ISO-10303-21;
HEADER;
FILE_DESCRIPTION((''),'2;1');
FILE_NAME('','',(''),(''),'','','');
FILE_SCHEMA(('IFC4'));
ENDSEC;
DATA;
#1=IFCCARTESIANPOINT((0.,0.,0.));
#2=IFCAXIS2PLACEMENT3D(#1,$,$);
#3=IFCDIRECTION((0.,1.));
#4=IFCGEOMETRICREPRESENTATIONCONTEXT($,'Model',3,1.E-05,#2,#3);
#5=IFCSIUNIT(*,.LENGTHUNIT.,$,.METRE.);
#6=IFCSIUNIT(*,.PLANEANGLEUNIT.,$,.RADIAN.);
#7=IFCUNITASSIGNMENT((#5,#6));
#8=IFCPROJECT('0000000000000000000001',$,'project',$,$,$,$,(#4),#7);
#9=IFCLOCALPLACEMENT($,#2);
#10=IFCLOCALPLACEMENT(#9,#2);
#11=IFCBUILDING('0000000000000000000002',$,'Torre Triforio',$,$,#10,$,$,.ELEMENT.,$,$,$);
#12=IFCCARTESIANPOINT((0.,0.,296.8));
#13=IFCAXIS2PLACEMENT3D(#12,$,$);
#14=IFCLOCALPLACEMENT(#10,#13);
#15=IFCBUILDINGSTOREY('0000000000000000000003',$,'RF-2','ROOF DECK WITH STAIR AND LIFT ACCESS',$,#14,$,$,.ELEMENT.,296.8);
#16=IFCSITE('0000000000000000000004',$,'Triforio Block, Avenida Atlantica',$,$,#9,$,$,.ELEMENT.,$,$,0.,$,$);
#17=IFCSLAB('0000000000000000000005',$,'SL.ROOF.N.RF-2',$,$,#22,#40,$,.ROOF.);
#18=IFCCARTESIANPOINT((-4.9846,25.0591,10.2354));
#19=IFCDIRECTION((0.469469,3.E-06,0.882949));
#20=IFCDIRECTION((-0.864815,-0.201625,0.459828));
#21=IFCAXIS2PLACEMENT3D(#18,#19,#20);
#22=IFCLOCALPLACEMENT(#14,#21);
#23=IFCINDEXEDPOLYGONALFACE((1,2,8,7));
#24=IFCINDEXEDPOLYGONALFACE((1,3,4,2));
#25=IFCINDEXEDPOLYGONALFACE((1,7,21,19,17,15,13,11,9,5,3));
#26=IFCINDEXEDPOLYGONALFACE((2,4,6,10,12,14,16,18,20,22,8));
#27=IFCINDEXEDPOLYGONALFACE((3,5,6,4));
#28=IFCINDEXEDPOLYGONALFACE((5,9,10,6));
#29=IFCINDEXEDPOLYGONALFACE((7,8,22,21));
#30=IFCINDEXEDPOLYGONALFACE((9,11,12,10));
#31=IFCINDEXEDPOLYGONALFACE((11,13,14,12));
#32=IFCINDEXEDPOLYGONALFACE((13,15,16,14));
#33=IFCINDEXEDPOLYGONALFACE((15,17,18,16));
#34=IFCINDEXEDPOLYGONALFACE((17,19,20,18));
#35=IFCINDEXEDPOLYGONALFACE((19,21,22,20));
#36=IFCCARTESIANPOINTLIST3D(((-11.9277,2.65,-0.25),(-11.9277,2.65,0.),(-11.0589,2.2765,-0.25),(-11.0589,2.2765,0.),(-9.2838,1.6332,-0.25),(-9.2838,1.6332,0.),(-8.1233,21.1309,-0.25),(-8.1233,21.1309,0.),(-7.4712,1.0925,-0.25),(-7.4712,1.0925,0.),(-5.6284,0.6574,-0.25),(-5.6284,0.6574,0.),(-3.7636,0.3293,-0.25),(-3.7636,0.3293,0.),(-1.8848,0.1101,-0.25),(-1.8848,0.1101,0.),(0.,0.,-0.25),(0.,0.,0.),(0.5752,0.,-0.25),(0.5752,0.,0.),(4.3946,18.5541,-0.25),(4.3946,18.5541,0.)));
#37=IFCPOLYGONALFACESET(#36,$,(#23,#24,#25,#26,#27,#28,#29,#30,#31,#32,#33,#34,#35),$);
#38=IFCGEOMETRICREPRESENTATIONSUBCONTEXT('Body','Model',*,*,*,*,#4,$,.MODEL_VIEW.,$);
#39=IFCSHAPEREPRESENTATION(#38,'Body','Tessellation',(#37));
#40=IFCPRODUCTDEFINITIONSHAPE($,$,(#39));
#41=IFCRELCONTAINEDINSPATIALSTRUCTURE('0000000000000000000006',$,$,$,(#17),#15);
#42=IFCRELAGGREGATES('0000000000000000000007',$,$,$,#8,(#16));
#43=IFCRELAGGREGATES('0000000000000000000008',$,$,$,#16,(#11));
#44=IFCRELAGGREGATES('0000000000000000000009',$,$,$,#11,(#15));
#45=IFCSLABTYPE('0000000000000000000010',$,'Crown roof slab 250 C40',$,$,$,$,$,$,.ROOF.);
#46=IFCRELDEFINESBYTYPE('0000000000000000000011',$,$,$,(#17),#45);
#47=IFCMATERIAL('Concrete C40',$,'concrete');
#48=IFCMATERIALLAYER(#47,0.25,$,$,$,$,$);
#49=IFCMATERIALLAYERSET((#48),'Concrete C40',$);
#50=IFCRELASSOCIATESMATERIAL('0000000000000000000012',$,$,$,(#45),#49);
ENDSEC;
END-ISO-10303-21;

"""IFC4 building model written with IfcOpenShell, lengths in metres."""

from ifc_helpers import new_model, si_unit, direction, frame, origin, place, context, subcontext, project, spatial, polyline, outline, extrude, material, layer, layer_set, type_object, element, save


model = new_model("IFC4")

# Units and contexts
model_context = context("Model", 3, precision=1e-05, world=origin(), true_north=direction((0.0, 1.0)))
body_context = subcontext(model_context, "Body", "Model", "MODEL_VIEW")
ifc_project = project(units=[si_unit("LENGTHUNIT", "METRE"), si_unit("PLANEANGLEUNIT", "RADIAN")], contexts=[model_context])

# Site, building, storey
site_placement = place(None, origin())
site = spatial("IfcSite", under=ifc_project, at=site_placement, Name="Triforio Block, Avenida Atlantica", CompositionType="ELEMENT", RefElevation=0.0)
building_placement = place(site_placement, origin())
building = spatial("IfcBuilding", under=site, at=building_placement, Name="Torre Triforio", CompositionType="ELEMENT")
storey_placement = place(building_placement, frame((0.0, 0.0, 296.8)))
storey = spatial("IfcBuildingStorey", under=building, at=storey_placement, Name="RF-2", Description="ROOF DECK WITH STAIR AND LIFT ACCESS", CompositionType="ELEMENT", Elevation=296.8)

# Shared definitions
ifc_material_1 = material(Name="Concrete C40", Category="concrete")

# Slab
ifc_layer_1 = layer(ifc_material_1, 0.25)
ifc_layer_set_1 = layer_set([ifc_layer_1], Name="Concrete C40")
slab_type = type_object("IfcSlabType", Name="Crown roof slab 250 C40", PredefinedType="ROOF", material=ifc_layer_set_1)
slab_placement = place(storey_placement, frame((-4.9846, 25.0591, 10.2354), z_axis=(0.469469, 0.000003, 0.882949), x_axis=(-0.864815, -0.201625, 0.459828)))
element("IfcSlab", 1, at=slab_placement, inside=storey, type_object=slab_type, Name="SL.ROOF.N.RF-2", PredefinedType="ROOF", context=body_context, shape_type="SweptSolid", body=[
    extrude(outline(polyline([(0.0, 0.0), (0.5752, 0.0), (4.3946, 18.5541), (-8.1233, 21.1309), (-11.9277, 2.65), (-11.0589, 2.2765), (-9.2838, 1.6332), (-7.4712, 1.0925), (-5.6284, 0.6574), (-3.7636, 0.3293), (-1.8848, 0.1101), (0.0, 0.0)])), origin(), (0.0, 0.0, -1.0), 0.25),
])

save(model, "model.ifc")
